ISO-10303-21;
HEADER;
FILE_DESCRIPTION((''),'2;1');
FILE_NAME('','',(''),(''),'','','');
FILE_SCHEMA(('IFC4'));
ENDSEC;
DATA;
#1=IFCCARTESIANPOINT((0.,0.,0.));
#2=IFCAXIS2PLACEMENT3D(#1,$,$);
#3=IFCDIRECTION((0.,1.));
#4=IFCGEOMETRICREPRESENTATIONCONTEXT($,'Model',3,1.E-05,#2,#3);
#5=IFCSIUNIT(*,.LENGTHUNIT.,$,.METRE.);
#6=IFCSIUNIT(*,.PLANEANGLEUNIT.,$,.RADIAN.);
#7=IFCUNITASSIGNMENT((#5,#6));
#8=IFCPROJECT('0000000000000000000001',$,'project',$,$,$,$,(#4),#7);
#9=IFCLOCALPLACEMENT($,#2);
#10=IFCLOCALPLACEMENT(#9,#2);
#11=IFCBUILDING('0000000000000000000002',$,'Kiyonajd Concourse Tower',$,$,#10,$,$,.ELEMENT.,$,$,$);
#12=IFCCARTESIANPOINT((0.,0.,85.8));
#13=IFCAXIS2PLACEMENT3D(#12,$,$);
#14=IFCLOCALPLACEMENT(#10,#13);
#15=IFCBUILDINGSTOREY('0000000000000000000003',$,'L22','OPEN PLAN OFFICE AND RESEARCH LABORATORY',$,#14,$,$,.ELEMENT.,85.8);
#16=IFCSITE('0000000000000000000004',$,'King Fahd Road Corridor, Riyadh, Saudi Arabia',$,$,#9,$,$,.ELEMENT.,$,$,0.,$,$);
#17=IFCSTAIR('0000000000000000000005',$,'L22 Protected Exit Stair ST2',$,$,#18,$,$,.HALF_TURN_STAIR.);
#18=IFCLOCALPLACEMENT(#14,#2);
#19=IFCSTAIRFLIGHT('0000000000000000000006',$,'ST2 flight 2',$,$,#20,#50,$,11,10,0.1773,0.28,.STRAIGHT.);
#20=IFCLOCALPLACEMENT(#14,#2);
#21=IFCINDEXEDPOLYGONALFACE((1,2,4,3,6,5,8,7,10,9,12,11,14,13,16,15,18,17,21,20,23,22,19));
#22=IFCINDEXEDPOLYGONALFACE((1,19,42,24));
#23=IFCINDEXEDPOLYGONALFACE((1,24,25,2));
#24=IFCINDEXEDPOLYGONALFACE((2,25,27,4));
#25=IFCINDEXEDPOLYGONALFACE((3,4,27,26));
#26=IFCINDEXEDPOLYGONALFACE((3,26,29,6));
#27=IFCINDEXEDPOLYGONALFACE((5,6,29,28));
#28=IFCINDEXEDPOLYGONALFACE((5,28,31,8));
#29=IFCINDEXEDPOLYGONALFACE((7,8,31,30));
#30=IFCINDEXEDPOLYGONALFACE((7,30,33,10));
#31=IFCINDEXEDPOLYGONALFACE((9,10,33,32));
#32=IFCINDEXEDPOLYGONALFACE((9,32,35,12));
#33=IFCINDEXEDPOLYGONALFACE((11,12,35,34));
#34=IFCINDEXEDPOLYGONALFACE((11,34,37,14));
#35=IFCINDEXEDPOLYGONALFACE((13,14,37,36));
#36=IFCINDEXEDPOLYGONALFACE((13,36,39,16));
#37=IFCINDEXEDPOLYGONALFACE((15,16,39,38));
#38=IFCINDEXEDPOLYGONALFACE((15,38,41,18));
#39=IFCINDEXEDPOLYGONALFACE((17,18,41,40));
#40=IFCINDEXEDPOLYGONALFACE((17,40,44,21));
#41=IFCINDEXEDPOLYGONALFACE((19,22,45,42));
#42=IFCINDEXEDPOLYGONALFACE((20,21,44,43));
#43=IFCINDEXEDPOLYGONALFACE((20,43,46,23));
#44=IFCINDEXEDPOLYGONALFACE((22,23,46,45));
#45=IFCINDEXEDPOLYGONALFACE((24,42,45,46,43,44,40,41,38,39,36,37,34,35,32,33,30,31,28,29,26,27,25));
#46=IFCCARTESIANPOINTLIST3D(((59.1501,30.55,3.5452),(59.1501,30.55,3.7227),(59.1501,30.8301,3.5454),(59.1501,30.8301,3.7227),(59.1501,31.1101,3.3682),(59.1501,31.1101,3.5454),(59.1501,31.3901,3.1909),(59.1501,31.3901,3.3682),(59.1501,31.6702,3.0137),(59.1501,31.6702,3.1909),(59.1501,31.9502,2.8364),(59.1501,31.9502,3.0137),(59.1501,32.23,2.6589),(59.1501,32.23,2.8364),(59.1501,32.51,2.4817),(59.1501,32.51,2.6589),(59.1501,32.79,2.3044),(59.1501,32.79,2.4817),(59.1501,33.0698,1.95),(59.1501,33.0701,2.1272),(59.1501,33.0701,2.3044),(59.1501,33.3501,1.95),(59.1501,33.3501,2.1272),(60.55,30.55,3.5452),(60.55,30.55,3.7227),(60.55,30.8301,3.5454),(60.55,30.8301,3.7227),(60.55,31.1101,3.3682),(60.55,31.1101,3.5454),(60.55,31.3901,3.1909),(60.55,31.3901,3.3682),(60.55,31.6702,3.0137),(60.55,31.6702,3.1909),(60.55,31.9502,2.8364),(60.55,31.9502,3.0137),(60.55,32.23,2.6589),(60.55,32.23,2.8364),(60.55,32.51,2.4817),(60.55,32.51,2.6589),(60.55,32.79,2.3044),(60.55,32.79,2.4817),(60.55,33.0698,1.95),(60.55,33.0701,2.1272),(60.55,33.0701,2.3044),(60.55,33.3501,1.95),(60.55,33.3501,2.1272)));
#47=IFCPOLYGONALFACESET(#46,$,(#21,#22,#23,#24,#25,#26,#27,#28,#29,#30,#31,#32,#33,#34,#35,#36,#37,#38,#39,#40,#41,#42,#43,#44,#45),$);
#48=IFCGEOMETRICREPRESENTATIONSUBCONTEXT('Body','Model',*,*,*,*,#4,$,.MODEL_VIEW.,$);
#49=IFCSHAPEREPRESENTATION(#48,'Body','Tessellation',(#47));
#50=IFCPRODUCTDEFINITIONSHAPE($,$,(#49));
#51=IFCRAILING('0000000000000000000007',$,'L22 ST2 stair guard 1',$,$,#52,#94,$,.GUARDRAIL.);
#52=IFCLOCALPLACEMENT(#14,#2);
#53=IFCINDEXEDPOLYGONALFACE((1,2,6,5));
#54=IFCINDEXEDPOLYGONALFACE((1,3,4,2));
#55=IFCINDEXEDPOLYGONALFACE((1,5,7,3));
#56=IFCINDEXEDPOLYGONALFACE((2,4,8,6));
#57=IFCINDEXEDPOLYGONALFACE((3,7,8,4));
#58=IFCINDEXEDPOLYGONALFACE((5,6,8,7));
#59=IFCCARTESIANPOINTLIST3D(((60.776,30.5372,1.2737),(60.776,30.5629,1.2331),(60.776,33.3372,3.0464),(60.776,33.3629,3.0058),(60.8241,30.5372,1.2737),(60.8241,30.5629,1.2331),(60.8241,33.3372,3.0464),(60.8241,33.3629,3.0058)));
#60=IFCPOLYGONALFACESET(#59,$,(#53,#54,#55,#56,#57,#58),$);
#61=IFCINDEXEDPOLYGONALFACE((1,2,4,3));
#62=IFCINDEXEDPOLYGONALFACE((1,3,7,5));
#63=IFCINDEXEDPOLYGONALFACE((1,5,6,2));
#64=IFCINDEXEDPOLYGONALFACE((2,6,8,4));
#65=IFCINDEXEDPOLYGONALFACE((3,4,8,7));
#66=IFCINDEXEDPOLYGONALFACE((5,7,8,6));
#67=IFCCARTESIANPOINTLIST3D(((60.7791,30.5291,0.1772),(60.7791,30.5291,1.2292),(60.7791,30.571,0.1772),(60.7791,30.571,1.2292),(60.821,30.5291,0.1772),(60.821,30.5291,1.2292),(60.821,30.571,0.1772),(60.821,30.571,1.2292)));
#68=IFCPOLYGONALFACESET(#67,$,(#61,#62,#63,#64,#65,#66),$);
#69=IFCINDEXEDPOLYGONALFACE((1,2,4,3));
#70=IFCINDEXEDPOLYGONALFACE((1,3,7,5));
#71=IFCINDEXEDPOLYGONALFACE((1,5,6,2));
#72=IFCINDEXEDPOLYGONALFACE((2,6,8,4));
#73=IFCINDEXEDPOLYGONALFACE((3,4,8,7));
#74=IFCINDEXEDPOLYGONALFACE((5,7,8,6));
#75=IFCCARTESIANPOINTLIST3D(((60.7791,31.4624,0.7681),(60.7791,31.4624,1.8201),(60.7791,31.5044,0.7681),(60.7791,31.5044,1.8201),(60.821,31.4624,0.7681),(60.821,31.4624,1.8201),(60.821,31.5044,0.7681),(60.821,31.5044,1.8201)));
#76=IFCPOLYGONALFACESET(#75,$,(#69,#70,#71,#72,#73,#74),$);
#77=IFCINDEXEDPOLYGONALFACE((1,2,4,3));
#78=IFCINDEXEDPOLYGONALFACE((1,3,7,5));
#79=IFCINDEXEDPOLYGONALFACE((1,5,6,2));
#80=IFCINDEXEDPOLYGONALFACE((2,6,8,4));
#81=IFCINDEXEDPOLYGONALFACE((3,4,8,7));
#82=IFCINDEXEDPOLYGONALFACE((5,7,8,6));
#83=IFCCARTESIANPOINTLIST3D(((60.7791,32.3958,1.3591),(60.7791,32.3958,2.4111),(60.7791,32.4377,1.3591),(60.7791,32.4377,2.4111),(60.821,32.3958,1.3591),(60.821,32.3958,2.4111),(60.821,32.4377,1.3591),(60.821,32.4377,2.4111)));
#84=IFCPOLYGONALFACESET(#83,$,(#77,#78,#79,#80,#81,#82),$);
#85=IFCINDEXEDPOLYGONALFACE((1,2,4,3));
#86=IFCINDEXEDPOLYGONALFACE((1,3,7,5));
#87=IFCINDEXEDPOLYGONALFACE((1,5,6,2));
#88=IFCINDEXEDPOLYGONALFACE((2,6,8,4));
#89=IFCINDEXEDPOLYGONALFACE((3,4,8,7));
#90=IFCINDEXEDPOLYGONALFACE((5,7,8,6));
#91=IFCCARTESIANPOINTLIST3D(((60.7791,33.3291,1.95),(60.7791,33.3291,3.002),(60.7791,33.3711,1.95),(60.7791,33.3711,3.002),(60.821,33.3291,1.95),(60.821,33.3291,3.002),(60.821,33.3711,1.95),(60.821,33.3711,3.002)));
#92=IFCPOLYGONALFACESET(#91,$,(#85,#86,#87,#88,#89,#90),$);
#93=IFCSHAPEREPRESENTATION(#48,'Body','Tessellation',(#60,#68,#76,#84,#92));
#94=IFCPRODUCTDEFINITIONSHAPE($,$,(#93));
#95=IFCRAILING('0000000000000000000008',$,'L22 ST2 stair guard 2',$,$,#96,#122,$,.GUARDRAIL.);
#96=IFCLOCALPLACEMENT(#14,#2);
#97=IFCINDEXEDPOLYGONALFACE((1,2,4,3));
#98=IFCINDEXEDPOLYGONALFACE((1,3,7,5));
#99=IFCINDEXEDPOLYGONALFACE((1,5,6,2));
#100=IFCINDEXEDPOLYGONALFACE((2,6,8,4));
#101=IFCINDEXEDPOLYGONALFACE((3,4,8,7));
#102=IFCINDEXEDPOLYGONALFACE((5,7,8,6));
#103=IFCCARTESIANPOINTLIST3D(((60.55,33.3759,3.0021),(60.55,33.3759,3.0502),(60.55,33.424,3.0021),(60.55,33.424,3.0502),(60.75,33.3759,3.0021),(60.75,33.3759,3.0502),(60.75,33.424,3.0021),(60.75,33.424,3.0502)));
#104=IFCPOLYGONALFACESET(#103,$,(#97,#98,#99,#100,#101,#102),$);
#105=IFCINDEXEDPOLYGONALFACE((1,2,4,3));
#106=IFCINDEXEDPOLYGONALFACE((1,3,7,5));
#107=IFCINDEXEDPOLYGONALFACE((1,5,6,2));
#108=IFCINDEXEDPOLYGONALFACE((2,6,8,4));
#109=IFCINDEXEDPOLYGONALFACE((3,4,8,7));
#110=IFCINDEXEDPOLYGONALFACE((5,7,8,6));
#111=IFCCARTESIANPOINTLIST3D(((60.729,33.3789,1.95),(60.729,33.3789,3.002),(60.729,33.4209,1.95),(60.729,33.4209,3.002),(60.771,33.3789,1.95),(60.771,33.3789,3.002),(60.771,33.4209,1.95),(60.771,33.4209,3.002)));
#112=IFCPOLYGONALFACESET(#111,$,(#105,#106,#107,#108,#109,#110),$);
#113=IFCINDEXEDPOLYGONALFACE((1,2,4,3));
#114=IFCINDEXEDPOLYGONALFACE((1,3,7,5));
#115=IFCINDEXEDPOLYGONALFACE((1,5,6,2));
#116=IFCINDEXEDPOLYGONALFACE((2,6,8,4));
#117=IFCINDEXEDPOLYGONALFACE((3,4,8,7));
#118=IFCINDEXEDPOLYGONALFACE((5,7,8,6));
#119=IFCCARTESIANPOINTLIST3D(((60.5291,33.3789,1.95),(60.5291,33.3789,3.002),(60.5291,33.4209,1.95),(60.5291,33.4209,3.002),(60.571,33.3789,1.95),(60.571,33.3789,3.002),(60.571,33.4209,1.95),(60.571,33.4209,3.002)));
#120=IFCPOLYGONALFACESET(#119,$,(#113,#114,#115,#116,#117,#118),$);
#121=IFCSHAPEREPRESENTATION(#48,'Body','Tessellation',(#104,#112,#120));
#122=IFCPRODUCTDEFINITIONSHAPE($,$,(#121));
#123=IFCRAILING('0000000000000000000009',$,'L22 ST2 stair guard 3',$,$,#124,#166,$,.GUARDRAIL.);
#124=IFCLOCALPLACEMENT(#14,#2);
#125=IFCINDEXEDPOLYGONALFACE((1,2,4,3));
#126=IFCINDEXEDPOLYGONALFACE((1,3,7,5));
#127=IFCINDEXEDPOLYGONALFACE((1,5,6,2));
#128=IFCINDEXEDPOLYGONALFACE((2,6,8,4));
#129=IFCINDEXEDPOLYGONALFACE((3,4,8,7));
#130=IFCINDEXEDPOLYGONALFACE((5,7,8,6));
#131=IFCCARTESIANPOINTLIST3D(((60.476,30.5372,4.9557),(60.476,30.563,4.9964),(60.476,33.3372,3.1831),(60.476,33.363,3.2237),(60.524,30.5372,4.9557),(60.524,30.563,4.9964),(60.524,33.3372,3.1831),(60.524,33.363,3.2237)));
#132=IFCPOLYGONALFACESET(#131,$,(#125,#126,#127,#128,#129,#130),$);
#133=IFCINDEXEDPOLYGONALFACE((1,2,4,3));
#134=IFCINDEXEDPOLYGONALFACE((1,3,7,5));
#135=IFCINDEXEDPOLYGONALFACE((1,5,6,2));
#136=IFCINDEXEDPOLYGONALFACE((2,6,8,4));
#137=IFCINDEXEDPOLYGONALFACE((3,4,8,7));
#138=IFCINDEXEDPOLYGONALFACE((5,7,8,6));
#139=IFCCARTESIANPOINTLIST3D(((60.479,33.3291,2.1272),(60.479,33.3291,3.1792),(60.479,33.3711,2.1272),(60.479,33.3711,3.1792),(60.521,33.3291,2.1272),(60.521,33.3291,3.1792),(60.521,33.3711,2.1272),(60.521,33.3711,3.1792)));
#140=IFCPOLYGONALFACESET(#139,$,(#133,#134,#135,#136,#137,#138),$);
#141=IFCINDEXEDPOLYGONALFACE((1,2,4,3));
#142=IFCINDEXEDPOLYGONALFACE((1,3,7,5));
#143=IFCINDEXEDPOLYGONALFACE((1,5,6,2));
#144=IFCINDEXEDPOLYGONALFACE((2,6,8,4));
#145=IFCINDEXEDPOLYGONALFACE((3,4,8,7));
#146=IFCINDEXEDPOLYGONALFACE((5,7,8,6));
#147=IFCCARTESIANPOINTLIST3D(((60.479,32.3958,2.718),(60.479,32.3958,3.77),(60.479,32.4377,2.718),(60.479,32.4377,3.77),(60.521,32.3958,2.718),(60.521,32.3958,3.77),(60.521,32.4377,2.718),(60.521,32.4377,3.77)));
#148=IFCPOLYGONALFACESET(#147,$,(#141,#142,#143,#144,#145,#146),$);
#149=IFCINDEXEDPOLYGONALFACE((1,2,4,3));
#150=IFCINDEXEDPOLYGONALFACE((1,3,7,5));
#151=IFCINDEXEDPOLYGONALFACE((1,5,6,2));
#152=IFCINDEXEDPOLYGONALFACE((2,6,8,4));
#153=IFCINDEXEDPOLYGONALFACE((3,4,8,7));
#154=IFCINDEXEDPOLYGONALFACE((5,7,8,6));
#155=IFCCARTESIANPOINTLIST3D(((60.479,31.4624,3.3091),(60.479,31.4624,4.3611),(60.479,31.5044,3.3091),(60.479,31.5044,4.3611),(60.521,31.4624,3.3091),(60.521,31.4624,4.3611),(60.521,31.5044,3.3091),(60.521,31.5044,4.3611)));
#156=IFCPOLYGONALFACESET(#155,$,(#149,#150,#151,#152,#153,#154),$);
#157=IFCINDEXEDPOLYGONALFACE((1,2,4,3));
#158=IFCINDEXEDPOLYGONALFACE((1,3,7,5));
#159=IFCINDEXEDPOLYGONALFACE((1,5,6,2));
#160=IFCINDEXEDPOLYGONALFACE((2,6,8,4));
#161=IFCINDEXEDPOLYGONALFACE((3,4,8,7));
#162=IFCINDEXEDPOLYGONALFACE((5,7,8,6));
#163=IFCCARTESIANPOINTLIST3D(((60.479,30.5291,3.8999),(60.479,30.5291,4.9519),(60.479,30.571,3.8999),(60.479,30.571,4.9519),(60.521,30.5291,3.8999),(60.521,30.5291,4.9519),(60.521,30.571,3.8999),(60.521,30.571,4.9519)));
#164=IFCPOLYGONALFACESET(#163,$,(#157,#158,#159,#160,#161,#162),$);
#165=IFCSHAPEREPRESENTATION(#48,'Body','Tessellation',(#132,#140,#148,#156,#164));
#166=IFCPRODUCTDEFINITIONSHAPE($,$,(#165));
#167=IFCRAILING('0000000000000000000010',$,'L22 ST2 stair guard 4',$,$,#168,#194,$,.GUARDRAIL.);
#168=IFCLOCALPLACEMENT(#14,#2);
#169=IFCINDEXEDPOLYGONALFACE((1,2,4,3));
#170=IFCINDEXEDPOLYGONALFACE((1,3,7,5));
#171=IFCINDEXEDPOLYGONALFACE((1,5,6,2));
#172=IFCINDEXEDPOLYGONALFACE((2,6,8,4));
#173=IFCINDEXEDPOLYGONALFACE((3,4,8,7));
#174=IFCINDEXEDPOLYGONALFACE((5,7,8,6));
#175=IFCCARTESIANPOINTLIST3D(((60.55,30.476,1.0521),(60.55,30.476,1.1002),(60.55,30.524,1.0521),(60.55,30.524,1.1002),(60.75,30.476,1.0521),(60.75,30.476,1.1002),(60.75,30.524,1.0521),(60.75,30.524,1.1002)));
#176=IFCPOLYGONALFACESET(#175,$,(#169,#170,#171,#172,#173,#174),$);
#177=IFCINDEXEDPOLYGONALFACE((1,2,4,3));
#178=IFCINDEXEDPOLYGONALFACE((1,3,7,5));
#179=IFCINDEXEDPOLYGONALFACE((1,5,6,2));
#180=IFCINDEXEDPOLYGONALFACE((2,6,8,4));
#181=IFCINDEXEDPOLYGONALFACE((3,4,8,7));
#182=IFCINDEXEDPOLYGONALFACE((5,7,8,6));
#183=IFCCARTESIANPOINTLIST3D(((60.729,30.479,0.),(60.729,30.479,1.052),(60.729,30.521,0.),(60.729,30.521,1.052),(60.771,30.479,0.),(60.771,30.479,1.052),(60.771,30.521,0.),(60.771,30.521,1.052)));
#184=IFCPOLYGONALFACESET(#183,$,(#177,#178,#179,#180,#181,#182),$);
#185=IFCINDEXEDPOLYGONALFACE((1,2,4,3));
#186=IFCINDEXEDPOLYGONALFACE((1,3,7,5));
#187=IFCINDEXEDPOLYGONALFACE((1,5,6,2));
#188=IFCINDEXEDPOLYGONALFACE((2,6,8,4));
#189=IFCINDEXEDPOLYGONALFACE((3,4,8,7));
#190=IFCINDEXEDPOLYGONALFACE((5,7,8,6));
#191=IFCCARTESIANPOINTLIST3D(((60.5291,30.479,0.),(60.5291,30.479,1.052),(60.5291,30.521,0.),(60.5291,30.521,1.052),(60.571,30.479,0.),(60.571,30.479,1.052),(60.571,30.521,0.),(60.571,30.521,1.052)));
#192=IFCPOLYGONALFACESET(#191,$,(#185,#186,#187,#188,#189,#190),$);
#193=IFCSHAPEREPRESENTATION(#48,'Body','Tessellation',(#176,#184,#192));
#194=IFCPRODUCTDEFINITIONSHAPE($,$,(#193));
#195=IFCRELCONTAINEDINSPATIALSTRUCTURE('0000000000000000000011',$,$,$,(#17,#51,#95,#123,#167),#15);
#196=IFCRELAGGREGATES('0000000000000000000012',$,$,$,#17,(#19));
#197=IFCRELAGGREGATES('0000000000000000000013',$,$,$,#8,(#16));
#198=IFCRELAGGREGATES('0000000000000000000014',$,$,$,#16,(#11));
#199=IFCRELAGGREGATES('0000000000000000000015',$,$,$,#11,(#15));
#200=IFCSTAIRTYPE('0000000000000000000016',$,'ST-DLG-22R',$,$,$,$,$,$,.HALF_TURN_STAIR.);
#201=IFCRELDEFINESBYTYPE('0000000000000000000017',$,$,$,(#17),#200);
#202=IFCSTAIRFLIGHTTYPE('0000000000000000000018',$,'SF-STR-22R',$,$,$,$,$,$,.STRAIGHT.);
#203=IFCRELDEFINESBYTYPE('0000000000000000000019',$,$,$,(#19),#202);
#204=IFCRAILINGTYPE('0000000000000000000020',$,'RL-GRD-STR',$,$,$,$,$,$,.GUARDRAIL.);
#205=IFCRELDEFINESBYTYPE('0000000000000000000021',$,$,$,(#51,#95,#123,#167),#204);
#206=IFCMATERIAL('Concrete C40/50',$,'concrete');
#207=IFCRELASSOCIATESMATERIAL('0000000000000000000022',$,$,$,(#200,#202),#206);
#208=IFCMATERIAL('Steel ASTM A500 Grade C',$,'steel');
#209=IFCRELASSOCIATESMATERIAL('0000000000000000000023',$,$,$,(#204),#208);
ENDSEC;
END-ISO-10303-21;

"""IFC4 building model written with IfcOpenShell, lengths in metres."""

from ifc_helpers import new_model, si_unit, direction, frame, origin, origin_2d, place, context, subcontext, project, spatial, polyline, rectangle, outline, extrude, material, type_object, element, aggregate, save


model = new_model("IFC4")

# Units and contexts
model_context = context("Model", 3, precision=1e-05, world=origin(), true_north=direction((0.0, 1.0)))
body_context = subcontext(model_context, "Body", "Model", "MODEL_VIEW")
ifc_project = project(units=[si_unit("LENGTHUNIT", "METRE"), si_unit("PLANEANGLEUNIT", "RADIAN")], contexts=[model_context])

# Site, building, storey
site_placement = place(None, origin())
site = spatial("IfcSite", under=ifc_project, at=site_placement, Name="King Fahd Road Corridor, Riyadh, Saudi Arabia", CompositionType="ELEMENT", RefElevation=0.0)
building_placement = place(site_placement, origin())
building = spatial("IfcBuilding", under=site, at=building_placement, Name="Kiyonajd Concourse Tower", CompositionType="ELEMENT")
storey_placement = place(building_placement, frame((0.0, 0.0, 85.8)))
storey = spatial("IfcBuildingStorey", under=building, at=storey_placement, Name="L22", Description="OPEN PLAN OFFICE AND RESEARCH LABORATORY", CompositionType="ELEMENT", Elevation=85.8)

# Stair, stair flight
ifc_material_1 = material(Name="Concrete C40/50", Category="concrete")
stair_type = type_object("IfcStairType", Name="ST-DLG-22R", PredefinedType="HALF_TURN_STAIR", material=ifc_material_1)
stair_placement = place(storey_placement, origin())
stair = element("IfcStair", 1, at=stair_placement, inside=storey, type_object=stair_type, Name="L22 Protected Exit Stair ST2", PredefinedType="HALF_TURN_STAIR")
stair_flight_type = type_object("IfcStairFlightType", Name="SF-STR-22R", PredefinedType="STRAIGHT", material=ifc_material_1)
stair_flight_1_placement = place(storey_placement, frame((59.8501, 33.3501, 1.95), z_axis=(0.0, 0.0, 1.0), x_axis=(0.0, -1.0, 0.0)))
stair_flight_1 = element("IfcStairFlight", 2, at=stair_flight_1_placement, type_object=stair_flight_type, Name="ST2 flight 2", NumberOfRisers=11, NumberOfTreads=10, PredefinedType="STRAIGHT", RiserHeight=0.1773, TreadLength=0.28, context=body_context, shape_type="SweptSolid", body=[
    extrude(outline(polyline([(0.0, 0.0), (0.0, 0.1772), (0.28, 0.1772), (0.28, 0.3545), (0.5601, 0.3545), (0.5601, 0.5317), (0.8401, 0.5317), (0.8401, 0.709), (1.1201, 0.709), (1.1201, 0.8865), (1.3999, 0.8865), (1.3999, 1.0637), (1.6799, 1.0637), (1.6799, 1.241), (1.96, 1.241), (1.96, 1.4182), (2.24, 1.4182), (2.24, 1.5955), (2.52, 1.5955), (2.52, 1.7727), (2.8, 1.7727), (2.8, 1.95), (2.8, 1.5952), (0.2803, 0.0), (0.0, 0.0)])), frame((0.0, 0.7, 0.0), z_axis=(0.0, -1.0, 0.0), x_axis=(1.0, 0.0, 0.0)), (0.0, 0.0, 1.0), 1.3999),
])
aggregate(stair, [stair_flight_1])

# Railings
ifc_material_2 = material(Name="Steel ASTM A500 Grade C", Category="steel")
railing_type_1 = type_object("IfcRailingType", Name="RL-GRD-STR", PredefinedType="GUARDRAIL", material=ifc_material_2)
railing_1_placement = place(storey_placement, frame((60.8, 30.55, 0.1772)))
element("IfcRailing", 3, at=railing_1_placement, inside=storey, type_object=railing_type_1, Name="L22 ST2 stair guard 1", PredefinedType="GUARDRAIL", context=body_context, shape_type="SweptSolid", body=[
    extrude(rectangle(XDim=0.0481, YDim=0.0481, at=origin_2d()), frame((0.0, 0.0, 1.0762), z_axis=(0.0, 0.844909, 0.53491), x_axis=(-1.0, 0.0, 0.0)), (0.0, 0.0, 1.0), 3.314),
    extrude(rectangle(XDim=0.042, YDim=0.042, at=origin_2d()), origin(), (0.0, 0.0, 1.0), 1.052),
    extrude(rectangle(XDim=0.042, YDim=0.042, at=origin_2d()), frame((0.0, 0.9333, 0.5908)), (0.0, 0.0, 1.0), 1.052),
    extrude(rectangle(XDim=0.042, YDim=0.042, at=origin_2d()), frame((0.0, 1.8667, 1.1819)), (0.0, 0.0, 1.0), 1.052),
    extrude(rectangle(XDim=0.042, YDim=0.042, at=origin_2d()), frame((0.0, 2.8, 1.7727)), (0.0, 0.0, 1.0), 1.052),
])
railing_2_placement = place(storey_placement, frame((60.75, 33.3999, 1.95)))
element("IfcRailing", 4, at=railing_2_placement, inside=storey, type_object=railing_type_1, Name="L22 ST2 stair guard 2", PredefinedType="GUARDRAIL", context=body_context, shape_type="SweptSolid", body=[
    extrude(rectangle(XDim=0.0481, YDim=0.0481, at=origin_2d()), frame((0.0, 0.0, 1.0762), z_axis=(-1.0, 0.0, 0.0), x_axis=(0.0, -1.0, 0.0)), (0.0, 0.0, 1.0), 0.2),
    extrude(rectangle(XDim=0.042, YDim=0.042, at=origin_2d()), origin(), (0.0, 0.0, 1.0), 1.052),
    extrude(rectangle(XDim=0.042, YDim=0.042, at=origin_2d()), frame((-0.2, 0.0, 0.0)), (0.0, 0.0, 1.0), 1.052),
])
railing_3_placement = place(storey_placement, frame((60.5, 33.3501, 2.1272)))
element("IfcRailing", 5, at=railing_3_placement, inside=storey, type_object=railing_type_1, Name="L22 ST2 stair guard 3", PredefinedType="GUARDRAIL", context=body_context, shape_type="SweptSolid", body=[
    extrude(rectangle(XDim=0.0481, YDim=0.0481, at=origin_2d()), frame((0.0, 0.0, 1.0762), z_axis=(0.0, -0.844909, 0.53491), x_axis=(1.0, 0.0, 0.0)), (0.0, 0.0, 1.0), 3.314),
    extrude(rectangle(XDim=0.042, YDim=0.042, at=origin_2d()), origin(), (0.0, 0.0, 1.0), 1.052),
    extrude(rectangle(XDim=0.042, YDim=0.042, at=origin_2d()), frame((0.0, -0.9333, 0.5908)), (0.0, 0.0, 1.0), 1.052),
    extrude(rectangle(XDim=0.042, YDim=0.042, at=origin_2d()), frame((0.0, -1.8667, 1.1819)), (0.0, 0.0, 1.0), 1.052),
    extrude(rectangle(XDim=0.042, YDim=0.042, at=origin_2d()), frame((0.0, -2.8, 1.7727)), (0.0, 0.0, 1.0), 1.052),
])
railing_4_placement = place(storey_placement, frame((60.75, 30.5, 0.0)))
element("IfcRailing", 6, at=railing_4_placement, inside=storey, type_object=railing_type_1, Name="L22 ST2 stair guard 4", PredefinedType="GUARDRAIL", context=body_context, shape_type="SweptSolid", body=[
    extrude(rectangle(XDim=0.0481, YDim=0.0481, at=origin_2d()), frame((0.0, 0.0, 1.0762), z_axis=(-1.0, 0.0, 0.0), x_axis=(0.0, -1.0, 0.0)), (0.0, 0.0, 1.0), 0.2),
    extrude(rectangle(XDim=0.042, YDim=0.042, at=origin_2d()), origin(), (0.0, 0.0, 1.0), 1.052),
    extrude(rectangle(XDim=0.042, YDim=0.042, at=origin_2d()), frame((-0.2, 0.0, 0.0)), (0.0, 0.0, 1.0), 1.052),
])

save(model, "model.ifc")
